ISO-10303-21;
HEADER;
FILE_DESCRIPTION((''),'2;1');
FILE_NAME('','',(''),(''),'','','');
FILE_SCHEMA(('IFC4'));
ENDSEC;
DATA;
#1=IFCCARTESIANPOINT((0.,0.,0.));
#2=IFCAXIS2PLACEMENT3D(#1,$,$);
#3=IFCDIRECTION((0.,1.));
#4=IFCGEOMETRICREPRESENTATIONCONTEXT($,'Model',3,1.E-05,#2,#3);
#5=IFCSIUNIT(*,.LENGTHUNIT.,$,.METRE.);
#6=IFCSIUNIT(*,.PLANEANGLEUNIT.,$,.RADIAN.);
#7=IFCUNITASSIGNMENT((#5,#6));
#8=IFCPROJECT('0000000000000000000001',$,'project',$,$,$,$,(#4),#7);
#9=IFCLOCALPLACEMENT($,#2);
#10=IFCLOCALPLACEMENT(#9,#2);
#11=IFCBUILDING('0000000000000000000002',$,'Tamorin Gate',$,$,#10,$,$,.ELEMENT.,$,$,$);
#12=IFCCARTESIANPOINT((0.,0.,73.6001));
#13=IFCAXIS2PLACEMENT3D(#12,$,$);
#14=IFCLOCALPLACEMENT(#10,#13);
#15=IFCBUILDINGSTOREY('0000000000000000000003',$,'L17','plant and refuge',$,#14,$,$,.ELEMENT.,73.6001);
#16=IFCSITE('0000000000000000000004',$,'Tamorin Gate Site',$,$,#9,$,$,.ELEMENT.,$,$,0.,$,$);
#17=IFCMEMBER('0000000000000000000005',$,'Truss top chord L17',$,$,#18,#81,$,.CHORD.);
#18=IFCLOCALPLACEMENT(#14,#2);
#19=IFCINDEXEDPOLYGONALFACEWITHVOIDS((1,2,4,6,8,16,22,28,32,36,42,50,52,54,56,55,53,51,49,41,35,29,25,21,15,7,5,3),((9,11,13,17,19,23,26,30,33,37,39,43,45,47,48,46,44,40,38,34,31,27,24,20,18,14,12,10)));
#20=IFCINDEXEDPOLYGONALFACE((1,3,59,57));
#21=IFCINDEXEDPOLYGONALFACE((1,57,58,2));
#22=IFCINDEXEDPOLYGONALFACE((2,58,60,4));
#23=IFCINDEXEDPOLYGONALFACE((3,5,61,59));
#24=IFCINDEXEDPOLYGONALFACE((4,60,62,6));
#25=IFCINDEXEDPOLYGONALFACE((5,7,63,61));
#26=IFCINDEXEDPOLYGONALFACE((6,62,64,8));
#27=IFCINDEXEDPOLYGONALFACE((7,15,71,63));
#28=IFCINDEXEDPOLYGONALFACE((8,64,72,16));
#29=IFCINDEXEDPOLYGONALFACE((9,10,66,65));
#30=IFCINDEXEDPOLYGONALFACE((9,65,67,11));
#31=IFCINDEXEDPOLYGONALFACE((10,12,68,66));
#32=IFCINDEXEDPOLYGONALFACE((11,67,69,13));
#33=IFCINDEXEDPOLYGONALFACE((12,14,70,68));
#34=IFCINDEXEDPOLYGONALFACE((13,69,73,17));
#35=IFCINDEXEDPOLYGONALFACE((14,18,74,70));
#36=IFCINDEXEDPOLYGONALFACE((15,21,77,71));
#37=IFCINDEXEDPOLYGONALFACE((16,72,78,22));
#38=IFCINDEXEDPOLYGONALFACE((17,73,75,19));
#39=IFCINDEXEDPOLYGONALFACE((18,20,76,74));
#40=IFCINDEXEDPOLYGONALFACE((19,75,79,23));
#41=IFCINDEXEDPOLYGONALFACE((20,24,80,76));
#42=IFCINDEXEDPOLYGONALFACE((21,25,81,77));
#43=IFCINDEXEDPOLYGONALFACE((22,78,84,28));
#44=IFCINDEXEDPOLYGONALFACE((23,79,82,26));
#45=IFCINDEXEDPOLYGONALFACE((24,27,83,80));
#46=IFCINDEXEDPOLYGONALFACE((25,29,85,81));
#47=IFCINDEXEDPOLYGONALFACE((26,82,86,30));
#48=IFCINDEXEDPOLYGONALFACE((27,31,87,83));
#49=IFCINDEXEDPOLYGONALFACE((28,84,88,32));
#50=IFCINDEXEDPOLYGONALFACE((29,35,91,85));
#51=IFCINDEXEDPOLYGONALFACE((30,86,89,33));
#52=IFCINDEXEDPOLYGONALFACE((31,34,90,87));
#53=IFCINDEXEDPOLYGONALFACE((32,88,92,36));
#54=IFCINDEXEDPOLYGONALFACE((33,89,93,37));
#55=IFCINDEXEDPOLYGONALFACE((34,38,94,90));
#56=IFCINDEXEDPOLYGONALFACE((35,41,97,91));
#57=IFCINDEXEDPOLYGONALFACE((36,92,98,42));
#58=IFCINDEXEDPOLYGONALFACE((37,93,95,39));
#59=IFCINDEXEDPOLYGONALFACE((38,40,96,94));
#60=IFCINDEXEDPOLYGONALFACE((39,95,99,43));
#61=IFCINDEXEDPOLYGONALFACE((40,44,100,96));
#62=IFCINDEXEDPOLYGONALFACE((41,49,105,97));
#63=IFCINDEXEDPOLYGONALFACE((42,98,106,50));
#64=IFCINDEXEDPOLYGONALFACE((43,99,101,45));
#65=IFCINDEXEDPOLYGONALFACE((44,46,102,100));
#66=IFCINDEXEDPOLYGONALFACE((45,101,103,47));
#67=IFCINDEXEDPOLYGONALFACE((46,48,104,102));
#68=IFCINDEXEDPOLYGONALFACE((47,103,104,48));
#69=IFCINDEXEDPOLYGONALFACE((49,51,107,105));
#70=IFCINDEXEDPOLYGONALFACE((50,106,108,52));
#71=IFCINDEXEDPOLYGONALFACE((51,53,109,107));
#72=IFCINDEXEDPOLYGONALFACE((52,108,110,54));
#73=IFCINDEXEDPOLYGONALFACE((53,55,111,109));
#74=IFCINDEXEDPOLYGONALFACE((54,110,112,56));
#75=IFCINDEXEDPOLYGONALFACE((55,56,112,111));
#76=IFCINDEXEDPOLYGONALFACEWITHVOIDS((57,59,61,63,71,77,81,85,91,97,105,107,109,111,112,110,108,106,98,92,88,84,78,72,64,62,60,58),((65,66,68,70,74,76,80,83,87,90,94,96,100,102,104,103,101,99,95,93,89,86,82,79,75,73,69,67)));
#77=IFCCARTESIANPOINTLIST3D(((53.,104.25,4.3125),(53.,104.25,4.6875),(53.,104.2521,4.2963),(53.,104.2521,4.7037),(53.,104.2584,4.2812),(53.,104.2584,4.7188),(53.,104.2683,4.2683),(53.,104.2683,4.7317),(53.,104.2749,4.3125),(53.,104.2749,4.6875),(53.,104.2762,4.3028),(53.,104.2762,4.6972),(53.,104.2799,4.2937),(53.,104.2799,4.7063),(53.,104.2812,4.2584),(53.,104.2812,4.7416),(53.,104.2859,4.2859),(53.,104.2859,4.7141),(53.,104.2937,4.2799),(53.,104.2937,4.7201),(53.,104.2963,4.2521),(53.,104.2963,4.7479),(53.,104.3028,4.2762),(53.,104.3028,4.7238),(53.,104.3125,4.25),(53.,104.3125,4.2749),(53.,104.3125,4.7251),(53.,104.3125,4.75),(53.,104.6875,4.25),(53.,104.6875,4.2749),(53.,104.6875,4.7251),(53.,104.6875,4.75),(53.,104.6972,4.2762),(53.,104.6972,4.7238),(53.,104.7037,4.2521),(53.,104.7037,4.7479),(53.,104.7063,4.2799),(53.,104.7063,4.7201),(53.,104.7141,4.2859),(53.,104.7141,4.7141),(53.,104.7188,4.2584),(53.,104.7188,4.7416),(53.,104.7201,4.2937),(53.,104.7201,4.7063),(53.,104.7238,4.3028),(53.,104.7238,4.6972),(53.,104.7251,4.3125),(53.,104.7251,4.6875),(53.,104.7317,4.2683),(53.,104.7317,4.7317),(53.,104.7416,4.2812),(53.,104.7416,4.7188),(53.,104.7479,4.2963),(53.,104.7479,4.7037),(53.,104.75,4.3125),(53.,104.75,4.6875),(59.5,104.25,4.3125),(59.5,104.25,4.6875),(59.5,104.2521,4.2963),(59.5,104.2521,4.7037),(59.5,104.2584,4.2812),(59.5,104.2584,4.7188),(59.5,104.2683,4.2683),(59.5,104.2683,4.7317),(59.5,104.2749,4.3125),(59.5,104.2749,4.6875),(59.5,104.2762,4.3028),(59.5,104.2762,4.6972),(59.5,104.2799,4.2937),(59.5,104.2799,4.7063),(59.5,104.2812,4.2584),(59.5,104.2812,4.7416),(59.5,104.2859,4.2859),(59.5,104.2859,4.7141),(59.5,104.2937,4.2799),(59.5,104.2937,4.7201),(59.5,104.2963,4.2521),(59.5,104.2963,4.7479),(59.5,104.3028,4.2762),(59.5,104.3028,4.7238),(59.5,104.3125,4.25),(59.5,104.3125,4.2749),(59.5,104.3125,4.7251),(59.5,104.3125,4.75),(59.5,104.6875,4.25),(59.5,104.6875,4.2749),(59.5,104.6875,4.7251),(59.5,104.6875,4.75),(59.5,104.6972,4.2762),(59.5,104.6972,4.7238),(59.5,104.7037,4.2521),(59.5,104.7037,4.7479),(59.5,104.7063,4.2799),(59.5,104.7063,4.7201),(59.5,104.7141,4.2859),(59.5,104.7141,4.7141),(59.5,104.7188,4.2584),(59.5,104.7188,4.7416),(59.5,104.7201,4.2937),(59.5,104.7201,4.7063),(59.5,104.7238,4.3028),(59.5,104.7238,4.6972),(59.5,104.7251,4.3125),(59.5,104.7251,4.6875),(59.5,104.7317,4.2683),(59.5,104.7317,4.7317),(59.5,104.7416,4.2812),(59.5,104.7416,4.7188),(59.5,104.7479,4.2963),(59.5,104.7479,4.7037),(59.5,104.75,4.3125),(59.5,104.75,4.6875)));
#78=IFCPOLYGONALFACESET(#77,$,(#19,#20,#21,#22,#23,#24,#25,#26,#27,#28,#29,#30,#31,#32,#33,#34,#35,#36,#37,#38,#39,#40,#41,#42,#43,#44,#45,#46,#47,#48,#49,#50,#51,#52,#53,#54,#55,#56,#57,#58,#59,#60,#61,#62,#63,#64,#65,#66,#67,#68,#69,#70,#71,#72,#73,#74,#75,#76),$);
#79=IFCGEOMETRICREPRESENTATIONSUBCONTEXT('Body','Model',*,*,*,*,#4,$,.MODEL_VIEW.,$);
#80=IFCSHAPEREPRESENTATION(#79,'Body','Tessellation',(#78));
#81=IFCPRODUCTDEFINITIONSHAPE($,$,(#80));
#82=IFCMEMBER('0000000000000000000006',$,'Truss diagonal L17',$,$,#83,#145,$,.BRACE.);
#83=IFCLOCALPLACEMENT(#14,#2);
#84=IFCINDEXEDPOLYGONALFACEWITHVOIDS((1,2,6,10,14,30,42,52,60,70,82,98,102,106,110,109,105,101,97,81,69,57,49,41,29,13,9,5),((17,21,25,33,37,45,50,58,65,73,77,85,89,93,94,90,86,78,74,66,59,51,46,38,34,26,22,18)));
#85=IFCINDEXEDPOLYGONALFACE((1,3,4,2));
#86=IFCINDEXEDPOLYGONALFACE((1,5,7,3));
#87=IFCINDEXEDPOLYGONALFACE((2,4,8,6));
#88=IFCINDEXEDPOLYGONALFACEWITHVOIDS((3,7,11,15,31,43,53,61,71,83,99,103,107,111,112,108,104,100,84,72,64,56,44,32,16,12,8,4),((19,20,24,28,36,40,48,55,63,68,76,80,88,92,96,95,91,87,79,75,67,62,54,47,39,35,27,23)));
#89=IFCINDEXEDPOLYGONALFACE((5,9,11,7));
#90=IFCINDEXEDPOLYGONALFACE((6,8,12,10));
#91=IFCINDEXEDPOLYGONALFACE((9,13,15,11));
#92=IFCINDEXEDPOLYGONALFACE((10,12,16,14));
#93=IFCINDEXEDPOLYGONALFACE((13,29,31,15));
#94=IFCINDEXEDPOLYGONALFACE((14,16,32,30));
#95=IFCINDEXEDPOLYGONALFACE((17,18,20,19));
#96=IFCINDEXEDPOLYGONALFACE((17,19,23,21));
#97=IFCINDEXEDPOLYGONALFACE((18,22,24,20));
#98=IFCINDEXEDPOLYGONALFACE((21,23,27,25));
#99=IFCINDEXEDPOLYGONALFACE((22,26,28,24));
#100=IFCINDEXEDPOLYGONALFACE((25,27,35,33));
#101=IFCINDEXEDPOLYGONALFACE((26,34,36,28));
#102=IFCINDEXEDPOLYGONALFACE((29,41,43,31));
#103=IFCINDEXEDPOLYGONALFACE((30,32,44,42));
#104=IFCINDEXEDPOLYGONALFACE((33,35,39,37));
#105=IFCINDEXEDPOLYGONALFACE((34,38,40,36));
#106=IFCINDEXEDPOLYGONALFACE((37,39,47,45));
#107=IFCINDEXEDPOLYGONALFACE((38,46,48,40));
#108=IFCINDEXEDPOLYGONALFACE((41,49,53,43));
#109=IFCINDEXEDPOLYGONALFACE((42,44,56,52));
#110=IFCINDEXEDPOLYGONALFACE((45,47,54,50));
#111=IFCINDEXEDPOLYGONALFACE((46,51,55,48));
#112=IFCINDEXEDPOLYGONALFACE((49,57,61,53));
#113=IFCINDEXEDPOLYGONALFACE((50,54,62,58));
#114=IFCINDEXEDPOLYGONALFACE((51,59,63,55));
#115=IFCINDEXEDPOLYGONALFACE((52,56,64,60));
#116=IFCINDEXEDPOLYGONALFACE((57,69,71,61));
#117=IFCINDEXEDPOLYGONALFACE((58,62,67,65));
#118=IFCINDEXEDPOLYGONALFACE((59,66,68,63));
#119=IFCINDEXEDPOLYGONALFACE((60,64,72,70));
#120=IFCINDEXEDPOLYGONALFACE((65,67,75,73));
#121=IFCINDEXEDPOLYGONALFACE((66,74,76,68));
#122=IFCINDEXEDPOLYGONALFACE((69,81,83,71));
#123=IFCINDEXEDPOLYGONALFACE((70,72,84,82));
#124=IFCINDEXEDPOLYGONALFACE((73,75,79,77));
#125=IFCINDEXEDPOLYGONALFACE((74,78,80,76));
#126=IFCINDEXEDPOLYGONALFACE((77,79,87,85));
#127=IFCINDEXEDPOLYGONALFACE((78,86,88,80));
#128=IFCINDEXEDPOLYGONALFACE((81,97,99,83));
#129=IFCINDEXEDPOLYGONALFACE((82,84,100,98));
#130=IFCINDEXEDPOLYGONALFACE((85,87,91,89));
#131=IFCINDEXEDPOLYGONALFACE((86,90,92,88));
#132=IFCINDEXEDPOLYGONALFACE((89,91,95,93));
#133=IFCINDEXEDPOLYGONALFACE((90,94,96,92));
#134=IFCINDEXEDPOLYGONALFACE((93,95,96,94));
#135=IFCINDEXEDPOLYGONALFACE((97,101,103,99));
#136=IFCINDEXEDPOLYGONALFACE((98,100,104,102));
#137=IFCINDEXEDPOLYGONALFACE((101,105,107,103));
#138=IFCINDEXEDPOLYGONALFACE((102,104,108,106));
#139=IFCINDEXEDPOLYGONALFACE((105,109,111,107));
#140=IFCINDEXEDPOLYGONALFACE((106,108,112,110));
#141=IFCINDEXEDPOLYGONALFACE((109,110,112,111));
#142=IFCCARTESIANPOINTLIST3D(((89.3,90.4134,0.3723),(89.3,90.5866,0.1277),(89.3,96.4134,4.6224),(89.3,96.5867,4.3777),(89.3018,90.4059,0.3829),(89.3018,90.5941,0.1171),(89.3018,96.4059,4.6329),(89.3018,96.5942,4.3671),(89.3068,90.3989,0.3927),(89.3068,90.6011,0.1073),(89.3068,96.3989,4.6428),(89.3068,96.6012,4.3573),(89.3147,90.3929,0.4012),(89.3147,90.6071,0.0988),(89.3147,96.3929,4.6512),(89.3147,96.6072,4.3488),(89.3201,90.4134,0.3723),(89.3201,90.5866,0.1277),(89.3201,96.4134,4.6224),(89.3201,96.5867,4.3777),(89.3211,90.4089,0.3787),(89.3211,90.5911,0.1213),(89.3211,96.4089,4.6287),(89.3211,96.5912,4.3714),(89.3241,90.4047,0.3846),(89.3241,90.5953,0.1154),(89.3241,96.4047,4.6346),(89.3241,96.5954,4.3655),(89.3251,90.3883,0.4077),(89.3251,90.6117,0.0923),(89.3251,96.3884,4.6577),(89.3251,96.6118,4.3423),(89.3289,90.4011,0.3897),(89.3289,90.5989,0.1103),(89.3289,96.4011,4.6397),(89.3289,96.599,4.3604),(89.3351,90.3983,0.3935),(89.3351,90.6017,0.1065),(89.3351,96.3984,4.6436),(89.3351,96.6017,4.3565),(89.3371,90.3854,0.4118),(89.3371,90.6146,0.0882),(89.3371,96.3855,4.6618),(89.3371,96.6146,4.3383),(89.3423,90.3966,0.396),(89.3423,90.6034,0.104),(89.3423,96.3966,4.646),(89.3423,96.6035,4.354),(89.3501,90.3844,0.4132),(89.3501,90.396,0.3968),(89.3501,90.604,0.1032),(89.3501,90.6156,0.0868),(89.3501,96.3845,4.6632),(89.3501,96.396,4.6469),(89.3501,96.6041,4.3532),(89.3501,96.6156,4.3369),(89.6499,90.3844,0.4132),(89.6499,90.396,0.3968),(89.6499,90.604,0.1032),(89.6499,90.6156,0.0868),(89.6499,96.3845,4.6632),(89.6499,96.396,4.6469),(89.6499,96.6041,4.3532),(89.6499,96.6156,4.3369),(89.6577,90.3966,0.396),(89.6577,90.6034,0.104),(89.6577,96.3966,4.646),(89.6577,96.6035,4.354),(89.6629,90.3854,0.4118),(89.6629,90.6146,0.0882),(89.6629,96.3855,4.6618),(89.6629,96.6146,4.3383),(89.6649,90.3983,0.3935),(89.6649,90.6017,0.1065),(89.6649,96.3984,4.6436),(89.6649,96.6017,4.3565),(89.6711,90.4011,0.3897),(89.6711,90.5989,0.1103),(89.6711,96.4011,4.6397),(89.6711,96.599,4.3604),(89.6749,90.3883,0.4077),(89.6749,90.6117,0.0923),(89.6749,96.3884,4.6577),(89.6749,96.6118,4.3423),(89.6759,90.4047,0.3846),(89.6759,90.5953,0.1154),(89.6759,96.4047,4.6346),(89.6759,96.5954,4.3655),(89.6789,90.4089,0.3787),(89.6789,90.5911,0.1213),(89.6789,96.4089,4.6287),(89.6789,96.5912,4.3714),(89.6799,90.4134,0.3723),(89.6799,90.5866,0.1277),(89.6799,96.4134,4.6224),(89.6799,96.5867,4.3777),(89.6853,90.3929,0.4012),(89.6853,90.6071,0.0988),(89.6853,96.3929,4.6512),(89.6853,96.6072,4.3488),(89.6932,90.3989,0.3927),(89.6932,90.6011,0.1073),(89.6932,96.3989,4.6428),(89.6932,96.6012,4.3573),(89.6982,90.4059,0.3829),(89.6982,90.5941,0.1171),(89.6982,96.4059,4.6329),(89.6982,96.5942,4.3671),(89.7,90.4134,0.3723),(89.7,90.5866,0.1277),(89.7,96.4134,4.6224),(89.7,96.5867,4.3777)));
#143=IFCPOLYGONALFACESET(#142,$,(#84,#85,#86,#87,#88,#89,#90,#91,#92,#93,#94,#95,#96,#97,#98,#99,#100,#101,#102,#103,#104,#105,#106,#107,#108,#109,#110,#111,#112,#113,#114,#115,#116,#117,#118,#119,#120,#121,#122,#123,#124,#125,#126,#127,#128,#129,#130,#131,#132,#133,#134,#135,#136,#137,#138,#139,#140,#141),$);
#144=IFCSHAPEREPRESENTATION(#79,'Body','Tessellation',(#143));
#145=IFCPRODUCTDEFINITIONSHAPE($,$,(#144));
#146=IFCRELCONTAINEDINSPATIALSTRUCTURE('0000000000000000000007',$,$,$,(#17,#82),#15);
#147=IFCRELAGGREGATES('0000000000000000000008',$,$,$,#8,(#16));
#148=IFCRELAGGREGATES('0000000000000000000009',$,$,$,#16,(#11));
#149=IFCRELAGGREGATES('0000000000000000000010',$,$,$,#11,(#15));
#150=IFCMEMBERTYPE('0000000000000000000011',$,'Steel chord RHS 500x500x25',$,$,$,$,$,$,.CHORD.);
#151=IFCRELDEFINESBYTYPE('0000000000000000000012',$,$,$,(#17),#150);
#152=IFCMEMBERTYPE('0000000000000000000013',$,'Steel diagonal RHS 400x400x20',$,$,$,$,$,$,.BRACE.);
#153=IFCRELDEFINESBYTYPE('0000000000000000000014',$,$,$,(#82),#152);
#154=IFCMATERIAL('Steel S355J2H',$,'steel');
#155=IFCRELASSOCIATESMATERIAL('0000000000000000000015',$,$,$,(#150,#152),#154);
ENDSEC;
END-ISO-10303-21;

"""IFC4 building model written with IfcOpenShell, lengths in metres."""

from ifc_helpers import new_model, si_unit, direction, frame, origin, origin_2d, place, context, subcontext, project, spatial, hollow_rectangle, extrude, material, material_profile, profile_set, type_object, element, save


model = new_model("IFC4")

# Units and contexts
model_context = context("Model", 3, precision=1e-05, world=origin(), true_north=direction((0.0, 1.0)))
body_context = subcontext(model_context, "Body", "Model", "MODEL_VIEW")
ifc_project = project(units=[si_unit("LENGTHUNIT", "METRE"), si_unit("PLANEANGLEUNIT", "RADIAN")], contexts=[model_context])

# Site, building, storey
site_placement = place(None, origin())
site = spatial("IfcSite", under=ifc_project, at=site_placement, Name="Tamorin Gate Site", CompositionType="ELEMENT", RefElevation=0.0)
building_placement = place(site_placement, origin())
building = spatial("IfcBuilding", under=site, at=building_placement, Name="Tamorin Gate", CompositionType="ELEMENT")
storey_placement = place(building_placement, frame((0.0, 0.0, 73.6001)))
storey = spatial("IfcBuildingStorey", under=building, at=storey_placement, Name="L17", Description="plant and refuge", CompositionType="ELEMENT", Elevation=73.6001)

# Members
ifc_material_1 = material(Name="Steel S355J2H", Category="steel")
ifc_material_profile_1 = material_profile(ifc_material_1, hollow_rectangle(XDim=0.5, YDim=0.5, WallThickness=0.0249, InnerFilletRadius=0.0376, OuterFilletRadius=0.0625, at=origin_2d()), Name="RHS 500x500x25")
ifc_profile_set_1 = profile_set([ifc_material_profile_1], Name="Steel S355J2H")
member_type_1 = type_object("IfcMemberType", Name="Steel chord RHS 500x500x25", PredefinedType="CHORD", material=ifc_profile_set_1)
for number, where, z_axis, x_axis, name in (
    (1, (59.5, 104.5, 4.5), (-1.0, 0.0, 0.0), (0.0, -1.0, 0.0), "Truss top chord L17"),
):
    element("IfcMember", number, at=place(storey_placement, frame(where, z_axis=z_axis, x_axis=x_axis)), inside=storey, type_object=member_type_1, Name=name, PredefinedType="CHORD", context=body_context, shape_type="SweptSolid", body=[
        extrude(hollow_rectangle(XDim=0.5, YDim=0.5, WallThickness=0.0249, InnerFilletRadius=0.0376, OuterFilletRadius=0.0625, at=origin_2d()), origin(), (0.0, 0.0, 1.0), 6.5),
    ])
ifc_material_profile_2 = material_profile(ifc_material_1, hollow_rectangle(XDim=0.3999, YDim=0.3999, WallThickness=0.02, InnerFilletRadius=0.03, OuterFilletRadius=0.05, at=origin_2d()), Name="RHS 400x400x20")
ifc_profile_set_2 = profile_set([ifc_material_profile_2], Name="Steel S355J2H")
member_type_2 = type_object("IfcMemberType", Name="Steel diagonal RHS 400x400x20", PredefinedType="BRACE", material=ifc_profile_set_2)
member_1_placement = place(storey_placement, frame((89.5, 90.5, 0.25), z_axis=(0.0, 0.816024, 0.578017), x_axis=(-1.0, 0.0, 0.0)))
element("IfcMember", 2, at=member_1_placement, inside=storey, type_object=member_type_2, Name="Truss diagonal L17", PredefinedType="BRACE", context=body_context, shape_type="SweptSolid", body=[
    extrude(hollow_rectangle(XDim=0.3999, YDim=0.3999, WallThickness=0.02, InnerFilletRadius=0.03, OuterFilletRadius=0.05, at=origin_2d()), origin(), (0.0, 0.0, 1.0), 7.3528),
])

save(model, "model.ifc")
